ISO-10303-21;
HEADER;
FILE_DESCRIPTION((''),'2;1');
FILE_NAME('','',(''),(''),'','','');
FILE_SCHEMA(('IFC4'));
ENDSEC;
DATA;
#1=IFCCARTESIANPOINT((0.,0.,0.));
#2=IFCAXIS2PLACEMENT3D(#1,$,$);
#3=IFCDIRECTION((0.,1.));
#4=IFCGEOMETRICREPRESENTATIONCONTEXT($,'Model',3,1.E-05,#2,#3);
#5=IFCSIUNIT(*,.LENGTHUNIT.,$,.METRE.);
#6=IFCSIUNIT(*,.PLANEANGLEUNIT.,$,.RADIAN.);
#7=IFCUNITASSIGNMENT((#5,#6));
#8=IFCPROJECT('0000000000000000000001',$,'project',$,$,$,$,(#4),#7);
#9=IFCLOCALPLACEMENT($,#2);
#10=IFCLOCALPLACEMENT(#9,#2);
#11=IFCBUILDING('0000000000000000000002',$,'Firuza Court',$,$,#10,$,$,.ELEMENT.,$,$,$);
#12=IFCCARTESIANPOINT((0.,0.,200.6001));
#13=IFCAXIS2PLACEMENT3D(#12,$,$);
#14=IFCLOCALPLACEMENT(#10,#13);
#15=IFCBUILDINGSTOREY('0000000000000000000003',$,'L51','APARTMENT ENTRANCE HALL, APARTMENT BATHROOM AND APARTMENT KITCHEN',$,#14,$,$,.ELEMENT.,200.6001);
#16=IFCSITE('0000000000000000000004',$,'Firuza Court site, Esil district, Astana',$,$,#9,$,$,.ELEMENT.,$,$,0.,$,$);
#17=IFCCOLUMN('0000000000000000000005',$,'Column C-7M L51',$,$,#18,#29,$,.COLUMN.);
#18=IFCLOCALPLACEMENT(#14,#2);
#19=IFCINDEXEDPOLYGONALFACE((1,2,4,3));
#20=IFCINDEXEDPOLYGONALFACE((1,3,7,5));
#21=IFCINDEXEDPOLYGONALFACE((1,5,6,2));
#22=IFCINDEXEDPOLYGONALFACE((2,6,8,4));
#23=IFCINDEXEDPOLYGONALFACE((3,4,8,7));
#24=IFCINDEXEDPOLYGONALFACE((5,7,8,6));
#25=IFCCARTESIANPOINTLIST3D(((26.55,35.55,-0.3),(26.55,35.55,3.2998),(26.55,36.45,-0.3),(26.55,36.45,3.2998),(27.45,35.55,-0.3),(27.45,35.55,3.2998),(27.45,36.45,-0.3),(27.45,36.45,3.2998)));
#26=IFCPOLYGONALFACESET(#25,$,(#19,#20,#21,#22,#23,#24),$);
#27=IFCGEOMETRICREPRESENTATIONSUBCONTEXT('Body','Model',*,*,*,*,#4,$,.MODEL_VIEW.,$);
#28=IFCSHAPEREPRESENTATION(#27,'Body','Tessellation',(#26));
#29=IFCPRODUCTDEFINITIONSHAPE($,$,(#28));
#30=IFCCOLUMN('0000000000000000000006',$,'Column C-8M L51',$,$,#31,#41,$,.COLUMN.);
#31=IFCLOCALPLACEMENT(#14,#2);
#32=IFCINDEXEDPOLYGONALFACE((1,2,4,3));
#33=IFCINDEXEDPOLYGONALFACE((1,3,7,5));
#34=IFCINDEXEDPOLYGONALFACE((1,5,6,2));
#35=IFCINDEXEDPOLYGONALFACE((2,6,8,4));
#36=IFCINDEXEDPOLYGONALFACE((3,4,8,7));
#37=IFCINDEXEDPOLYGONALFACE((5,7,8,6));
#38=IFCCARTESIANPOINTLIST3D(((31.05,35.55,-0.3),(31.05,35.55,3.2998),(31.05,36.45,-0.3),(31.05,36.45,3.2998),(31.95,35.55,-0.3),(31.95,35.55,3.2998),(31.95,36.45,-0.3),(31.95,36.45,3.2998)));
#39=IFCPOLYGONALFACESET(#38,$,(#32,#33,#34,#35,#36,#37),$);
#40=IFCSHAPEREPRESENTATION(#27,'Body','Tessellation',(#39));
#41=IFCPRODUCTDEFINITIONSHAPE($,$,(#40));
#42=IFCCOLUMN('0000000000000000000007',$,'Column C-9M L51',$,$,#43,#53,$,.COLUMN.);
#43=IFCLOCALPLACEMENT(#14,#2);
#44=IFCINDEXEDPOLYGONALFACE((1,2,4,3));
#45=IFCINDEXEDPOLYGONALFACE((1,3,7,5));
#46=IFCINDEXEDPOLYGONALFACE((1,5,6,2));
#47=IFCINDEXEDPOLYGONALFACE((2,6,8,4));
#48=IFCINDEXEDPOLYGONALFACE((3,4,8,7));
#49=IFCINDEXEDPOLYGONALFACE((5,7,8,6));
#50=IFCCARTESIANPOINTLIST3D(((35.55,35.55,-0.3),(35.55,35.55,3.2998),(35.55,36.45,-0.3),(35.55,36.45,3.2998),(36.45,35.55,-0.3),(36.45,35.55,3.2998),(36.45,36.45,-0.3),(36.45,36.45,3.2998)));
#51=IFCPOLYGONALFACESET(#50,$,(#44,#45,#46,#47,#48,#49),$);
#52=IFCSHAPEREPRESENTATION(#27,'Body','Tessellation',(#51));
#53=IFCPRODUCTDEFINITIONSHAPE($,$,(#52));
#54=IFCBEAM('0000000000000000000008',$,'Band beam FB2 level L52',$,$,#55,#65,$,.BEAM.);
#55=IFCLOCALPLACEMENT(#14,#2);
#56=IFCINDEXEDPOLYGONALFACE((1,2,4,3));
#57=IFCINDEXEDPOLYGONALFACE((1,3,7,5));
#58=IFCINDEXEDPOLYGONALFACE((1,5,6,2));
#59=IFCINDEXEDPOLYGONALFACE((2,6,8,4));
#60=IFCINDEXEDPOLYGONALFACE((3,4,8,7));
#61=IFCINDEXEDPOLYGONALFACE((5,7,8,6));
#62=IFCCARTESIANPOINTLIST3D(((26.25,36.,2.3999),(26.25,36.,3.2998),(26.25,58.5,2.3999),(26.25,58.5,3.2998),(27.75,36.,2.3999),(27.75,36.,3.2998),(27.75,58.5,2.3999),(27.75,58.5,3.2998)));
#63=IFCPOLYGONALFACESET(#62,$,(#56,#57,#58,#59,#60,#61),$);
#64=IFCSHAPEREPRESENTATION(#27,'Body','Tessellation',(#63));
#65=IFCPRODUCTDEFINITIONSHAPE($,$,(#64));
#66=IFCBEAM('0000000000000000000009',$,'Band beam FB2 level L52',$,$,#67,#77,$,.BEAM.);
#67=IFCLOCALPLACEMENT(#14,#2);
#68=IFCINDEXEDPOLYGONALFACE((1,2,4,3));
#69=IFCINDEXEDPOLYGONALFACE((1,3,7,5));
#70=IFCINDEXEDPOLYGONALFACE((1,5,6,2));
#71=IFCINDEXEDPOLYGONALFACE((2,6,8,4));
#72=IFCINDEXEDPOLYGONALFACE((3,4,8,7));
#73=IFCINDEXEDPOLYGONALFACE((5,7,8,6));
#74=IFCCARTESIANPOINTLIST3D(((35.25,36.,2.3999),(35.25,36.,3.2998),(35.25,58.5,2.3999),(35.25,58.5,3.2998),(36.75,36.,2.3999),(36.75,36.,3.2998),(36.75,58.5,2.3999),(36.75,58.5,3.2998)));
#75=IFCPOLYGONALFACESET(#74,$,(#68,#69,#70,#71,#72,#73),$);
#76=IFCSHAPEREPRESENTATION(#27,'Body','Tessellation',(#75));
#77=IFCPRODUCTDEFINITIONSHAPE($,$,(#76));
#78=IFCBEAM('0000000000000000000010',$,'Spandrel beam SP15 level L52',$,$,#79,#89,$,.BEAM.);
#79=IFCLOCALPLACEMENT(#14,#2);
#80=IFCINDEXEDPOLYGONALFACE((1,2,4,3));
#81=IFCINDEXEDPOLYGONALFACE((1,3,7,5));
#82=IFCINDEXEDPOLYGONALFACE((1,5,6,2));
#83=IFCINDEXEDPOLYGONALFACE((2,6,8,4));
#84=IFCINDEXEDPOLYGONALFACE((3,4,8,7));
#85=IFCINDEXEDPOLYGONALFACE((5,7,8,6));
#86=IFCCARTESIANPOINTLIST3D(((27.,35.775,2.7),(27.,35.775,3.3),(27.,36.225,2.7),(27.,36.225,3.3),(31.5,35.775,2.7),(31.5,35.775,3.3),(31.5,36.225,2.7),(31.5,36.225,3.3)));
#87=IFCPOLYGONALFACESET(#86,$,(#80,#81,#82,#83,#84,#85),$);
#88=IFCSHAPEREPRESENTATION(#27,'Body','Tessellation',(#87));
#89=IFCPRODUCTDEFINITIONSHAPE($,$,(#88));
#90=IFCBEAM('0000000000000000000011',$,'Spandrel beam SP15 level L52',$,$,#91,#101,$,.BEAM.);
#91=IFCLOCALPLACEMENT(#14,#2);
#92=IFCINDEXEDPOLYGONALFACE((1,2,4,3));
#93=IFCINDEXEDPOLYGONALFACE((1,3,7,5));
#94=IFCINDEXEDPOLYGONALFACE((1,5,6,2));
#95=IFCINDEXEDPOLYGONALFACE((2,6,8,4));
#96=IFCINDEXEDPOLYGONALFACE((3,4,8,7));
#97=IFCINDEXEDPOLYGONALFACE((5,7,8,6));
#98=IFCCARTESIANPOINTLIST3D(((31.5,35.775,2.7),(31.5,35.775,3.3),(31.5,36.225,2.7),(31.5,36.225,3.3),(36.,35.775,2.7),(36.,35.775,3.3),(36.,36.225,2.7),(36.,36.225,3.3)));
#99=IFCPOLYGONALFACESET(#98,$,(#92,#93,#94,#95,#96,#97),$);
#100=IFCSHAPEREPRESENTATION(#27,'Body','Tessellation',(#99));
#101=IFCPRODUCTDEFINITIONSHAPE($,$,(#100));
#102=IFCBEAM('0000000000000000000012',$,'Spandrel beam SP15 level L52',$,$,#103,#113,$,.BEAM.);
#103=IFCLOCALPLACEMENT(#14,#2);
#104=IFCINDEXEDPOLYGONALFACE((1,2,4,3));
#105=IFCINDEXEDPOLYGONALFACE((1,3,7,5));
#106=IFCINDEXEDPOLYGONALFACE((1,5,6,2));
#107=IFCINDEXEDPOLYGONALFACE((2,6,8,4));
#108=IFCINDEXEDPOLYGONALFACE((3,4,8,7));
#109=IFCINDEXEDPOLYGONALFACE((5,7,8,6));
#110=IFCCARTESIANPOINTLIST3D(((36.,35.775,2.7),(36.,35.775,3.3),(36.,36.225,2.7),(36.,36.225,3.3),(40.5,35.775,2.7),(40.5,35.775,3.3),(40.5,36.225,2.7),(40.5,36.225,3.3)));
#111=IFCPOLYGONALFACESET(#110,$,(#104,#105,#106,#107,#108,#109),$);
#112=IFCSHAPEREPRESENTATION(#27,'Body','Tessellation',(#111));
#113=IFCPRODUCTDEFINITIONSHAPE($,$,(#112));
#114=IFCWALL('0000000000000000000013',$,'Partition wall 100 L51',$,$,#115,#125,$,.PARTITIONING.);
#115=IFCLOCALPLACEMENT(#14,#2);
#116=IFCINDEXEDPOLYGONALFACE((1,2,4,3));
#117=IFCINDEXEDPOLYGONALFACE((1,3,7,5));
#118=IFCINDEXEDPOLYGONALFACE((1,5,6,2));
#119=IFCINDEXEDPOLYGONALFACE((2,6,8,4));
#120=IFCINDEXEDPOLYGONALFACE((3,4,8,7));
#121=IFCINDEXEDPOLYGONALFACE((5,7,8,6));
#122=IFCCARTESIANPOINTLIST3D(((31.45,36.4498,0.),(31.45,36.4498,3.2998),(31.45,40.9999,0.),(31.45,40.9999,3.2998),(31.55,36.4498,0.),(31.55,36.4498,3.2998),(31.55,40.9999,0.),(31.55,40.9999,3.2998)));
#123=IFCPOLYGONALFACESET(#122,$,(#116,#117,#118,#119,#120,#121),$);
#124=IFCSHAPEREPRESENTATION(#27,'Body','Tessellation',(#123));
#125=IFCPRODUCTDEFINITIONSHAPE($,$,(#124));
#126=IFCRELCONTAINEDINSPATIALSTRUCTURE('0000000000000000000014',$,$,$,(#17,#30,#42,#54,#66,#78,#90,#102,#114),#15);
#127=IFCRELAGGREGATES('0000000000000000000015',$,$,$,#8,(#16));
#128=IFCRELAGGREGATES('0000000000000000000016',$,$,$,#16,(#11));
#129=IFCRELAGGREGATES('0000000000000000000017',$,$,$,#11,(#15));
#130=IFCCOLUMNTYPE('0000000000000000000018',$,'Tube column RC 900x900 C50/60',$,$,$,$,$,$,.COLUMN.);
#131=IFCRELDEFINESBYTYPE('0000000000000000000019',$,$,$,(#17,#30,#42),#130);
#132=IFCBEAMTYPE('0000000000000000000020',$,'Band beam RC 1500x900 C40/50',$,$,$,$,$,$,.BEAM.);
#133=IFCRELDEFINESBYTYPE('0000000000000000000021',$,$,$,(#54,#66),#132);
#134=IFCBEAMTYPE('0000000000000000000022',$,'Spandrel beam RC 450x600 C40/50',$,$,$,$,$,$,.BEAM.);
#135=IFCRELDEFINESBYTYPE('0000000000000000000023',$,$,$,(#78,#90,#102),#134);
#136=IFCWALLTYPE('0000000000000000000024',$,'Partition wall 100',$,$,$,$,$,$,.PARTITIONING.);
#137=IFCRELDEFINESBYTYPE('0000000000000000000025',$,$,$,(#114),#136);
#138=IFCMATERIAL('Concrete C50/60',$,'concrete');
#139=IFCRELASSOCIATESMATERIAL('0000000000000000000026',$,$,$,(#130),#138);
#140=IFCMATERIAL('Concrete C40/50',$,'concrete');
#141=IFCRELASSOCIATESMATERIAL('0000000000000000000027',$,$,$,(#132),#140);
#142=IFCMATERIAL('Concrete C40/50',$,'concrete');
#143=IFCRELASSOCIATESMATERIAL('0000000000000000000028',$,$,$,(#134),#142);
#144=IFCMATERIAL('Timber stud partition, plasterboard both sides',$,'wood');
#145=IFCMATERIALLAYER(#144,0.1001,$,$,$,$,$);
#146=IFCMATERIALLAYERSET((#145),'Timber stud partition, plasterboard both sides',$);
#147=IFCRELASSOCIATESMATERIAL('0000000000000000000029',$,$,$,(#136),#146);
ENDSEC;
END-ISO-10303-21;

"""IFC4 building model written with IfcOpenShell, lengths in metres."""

from ifc_helpers import new_model, si_unit, direction, frame, frame_2d, origin, origin_2d, place, context, subcontext, project, spatial, rectangle, extrude, material, layer, layer_set, material_profile, profile_set, type_object, element, save


model = new_model("IFC4")

# Units and contexts
model_context = context("Model", 3, precision=1e-05, world=origin(), true_north=direction((0.0, 1.0)))
body_context = subcontext(model_context, "Body", "Model", "MODEL_VIEW")
ifc_project = project(units=[si_unit("LENGTHUNIT", "METRE"), si_unit("PLANEANGLEUNIT", "RADIAN")], contexts=[model_context])

# Site, building, storey
site_placement = place(None, origin())
site = spatial("IfcSite", under=ifc_project, at=site_placement, Name="Firuza Court site, Esil district, Astana", CompositionType="ELEMENT", RefElevation=0.0)
building_placement = place(site_placement, origin())
building = spatial("IfcBuilding", under=site, at=building_placement, Name="Firuza Court", CompositionType="ELEMENT")
storey_placement = place(building_placement, frame((0.0, 0.0, 200.6001)))
storey = spatial("IfcBuildingStorey", under=building, at=storey_placement, Name="L51", Description="APARTMENT ENTRANCE HALL, APARTMENT BATHROOM AND APARTMENT KITCHEN", CompositionType="ELEMENT", Elevation=200.6001)

# Columns
ifc_material_1 = material(Name="Concrete C50/60", Category="concrete")
ifc_material_profile_1 = material_profile(ifc_material_1, rectangle(XDim=0.8999, YDim=0.8999, at=origin_2d()), Name="RC 900x900")
ifc_profile_set_1 = profile_set([ifc_material_profile_1], Name="Concrete C50/60")
column_type = type_object("IfcColumnType", Name="Tube column RC 900x900 C50/60", PredefinedType="COLUMN", material=ifc_profile_set_1)
for number, where, z_axis, x_axis, name in (
    (1, (27.0, 36.0, -0.3), (0.0, 0.0, 1.0), (1.0, 0.0, 0.0), "Column C-7M L51"),
    (2, (31.5, 36.0, -0.3), (0.0, 0.0, 1.0), (1.0, 0.0, 0.0), "Column C-8M L51"),
    (3, (36.0, 36.0, -0.3), (0.0, 0.0, 1.0), (1.0, 0.0, 0.0), "Column C-9M L51"),
):
    element("IfcColumn", number, at=place(storey_placement, frame(where, z_axis=z_axis, x_axis=x_axis)), inside=storey, type_object=column_type, Name=name, PredefinedType="COLUMN", context=body_context, shape_type="SweptSolid", body=[
        extrude(rectangle(XDim=0.8999, YDim=0.8999, at=origin_2d()), origin(), (0.0, 0.0, 1.0), 3.5999),
    ])

# Beams
ifc_material_2 = material(Name="Concrete C40/50", Category="concrete")
ifc_material_profile_2 = material_profile(ifc_material_2, rectangle(XDim=1.5, YDim=0.8999, at=origin_2d()), Name="RC 1500x900")
ifc_profile_set_2 = profile_set([ifc_material_profile_2], Name="Concrete C40/50")
beam_type_1 = type_object("IfcBeamType", Name="Band beam RC 1500x900 C40/50", PredefinedType="BEAM", material=ifc_profile_set_2)
for number, where, z_axis, x_axis, name in (
    (4, (27.0, 36.0, 2.8499), (0.0, 1.0, 0.0), (-1.0, 0.0, 0.0), "Band beam FB2 level L52"),
    (5, (36.0, 36.0, 2.8499), (0.0, 1.0, 0.0), (-1.0, 0.0, 0.0), "Band beam FB2 level L52"),
):
    element("IfcBeam", number, at=place(storey_placement, frame(where, z_axis=z_axis, x_axis=x_axis)), inside=storey, type_object=beam_type_1, Name=name, PredefinedType="BEAM", context=body_context, shape_type="SweptSolid", body=[
        extrude(rectangle(XDim=1.5, YDim=0.8999, at=origin_2d()), origin(), (0.0, 0.0, 1.0), 22.5),
    ])
ifc_material_3 = material(Name="Concrete C40/50", Category="concrete")
ifc_material_profile_3 = material_profile(ifc_material_3, rectangle(XDim=0.45, YDim=0.6001, at=origin_2d()), Name="RC 450x600")
ifc_profile_set_3 = profile_set([ifc_material_profile_3], Name="Concrete C40/50")
beam_type_2 = type_object("IfcBeamType", Name="Spandrel beam RC 450x600 C40/50", PredefinedType="BEAM", material=ifc_profile_set_3)
for number, where, z_axis, x_axis, name in (
    (6, (27.0, 36.0, 3.0), (1.0, 0.0, 0.0), (0.0, 1.0, 0.0), "Spandrel beam SP15 level L52"),
    (7, (31.5, 36.0, 3.0), (1.0, 0.0, 0.0), (0.0, 1.0, 0.0), "Spandrel beam SP15 level L52"),
    (8, (36.0, 36.0, 3.0), (1.0, 0.0, 0.0), (0.0, 1.0, 0.0), "Spandrel beam SP15 level L52"),
):
    element("IfcBeam", number, at=place(storey_placement, frame(where, z_axis=z_axis, x_axis=x_axis)), inside=storey, type_object=beam_type_2, Name=name, PredefinedType="BEAM", context=body_context, shape_type="SweptSolid", body=[
        extrude(rectangle(XDim=0.45, YDim=0.6001, at=origin_2d()), origin(), (0.0, 0.0, 1.0), 4.5),
    ])

# Wall
ifc_material_4 = material(Name="Timber stud partition, plasterboard both sides", Category="wood")
ifc_layer_1 = layer(ifc_material_4, 0.1001)
ifc_layer_set_1 = layer_set([ifc_layer_1], Name="Timber stud partition, plasterboard both sides")
wall_type_1 = type_object("IfcWallType", Name="Partition wall 100", PredefinedType="PARTITIONING", material=ifc_layer_set_1)
wall_1_placement = place(storey_placement, frame((31.5, 36.45, 0.0), z_axis=(0.0, 0.0, 1.0), x_axis=(0.0, 1.0, 0.0)))
element("IfcWall", 9, at=wall_1_placement, inside=storey, type_object=wall_type_1, Name="Partition wall 100 L51", PredefinedType="PARTITIONING", context=body_context, shape_type="SweptSolid", body=[
    extrude(rectangle(XDim=4.55, YDim=0.1001, at=frame_2d((2.2749, 0.0))), origin(), (0.0, 0.0, 1.0), 3.2998),
])

save(model, "model.ifc")
